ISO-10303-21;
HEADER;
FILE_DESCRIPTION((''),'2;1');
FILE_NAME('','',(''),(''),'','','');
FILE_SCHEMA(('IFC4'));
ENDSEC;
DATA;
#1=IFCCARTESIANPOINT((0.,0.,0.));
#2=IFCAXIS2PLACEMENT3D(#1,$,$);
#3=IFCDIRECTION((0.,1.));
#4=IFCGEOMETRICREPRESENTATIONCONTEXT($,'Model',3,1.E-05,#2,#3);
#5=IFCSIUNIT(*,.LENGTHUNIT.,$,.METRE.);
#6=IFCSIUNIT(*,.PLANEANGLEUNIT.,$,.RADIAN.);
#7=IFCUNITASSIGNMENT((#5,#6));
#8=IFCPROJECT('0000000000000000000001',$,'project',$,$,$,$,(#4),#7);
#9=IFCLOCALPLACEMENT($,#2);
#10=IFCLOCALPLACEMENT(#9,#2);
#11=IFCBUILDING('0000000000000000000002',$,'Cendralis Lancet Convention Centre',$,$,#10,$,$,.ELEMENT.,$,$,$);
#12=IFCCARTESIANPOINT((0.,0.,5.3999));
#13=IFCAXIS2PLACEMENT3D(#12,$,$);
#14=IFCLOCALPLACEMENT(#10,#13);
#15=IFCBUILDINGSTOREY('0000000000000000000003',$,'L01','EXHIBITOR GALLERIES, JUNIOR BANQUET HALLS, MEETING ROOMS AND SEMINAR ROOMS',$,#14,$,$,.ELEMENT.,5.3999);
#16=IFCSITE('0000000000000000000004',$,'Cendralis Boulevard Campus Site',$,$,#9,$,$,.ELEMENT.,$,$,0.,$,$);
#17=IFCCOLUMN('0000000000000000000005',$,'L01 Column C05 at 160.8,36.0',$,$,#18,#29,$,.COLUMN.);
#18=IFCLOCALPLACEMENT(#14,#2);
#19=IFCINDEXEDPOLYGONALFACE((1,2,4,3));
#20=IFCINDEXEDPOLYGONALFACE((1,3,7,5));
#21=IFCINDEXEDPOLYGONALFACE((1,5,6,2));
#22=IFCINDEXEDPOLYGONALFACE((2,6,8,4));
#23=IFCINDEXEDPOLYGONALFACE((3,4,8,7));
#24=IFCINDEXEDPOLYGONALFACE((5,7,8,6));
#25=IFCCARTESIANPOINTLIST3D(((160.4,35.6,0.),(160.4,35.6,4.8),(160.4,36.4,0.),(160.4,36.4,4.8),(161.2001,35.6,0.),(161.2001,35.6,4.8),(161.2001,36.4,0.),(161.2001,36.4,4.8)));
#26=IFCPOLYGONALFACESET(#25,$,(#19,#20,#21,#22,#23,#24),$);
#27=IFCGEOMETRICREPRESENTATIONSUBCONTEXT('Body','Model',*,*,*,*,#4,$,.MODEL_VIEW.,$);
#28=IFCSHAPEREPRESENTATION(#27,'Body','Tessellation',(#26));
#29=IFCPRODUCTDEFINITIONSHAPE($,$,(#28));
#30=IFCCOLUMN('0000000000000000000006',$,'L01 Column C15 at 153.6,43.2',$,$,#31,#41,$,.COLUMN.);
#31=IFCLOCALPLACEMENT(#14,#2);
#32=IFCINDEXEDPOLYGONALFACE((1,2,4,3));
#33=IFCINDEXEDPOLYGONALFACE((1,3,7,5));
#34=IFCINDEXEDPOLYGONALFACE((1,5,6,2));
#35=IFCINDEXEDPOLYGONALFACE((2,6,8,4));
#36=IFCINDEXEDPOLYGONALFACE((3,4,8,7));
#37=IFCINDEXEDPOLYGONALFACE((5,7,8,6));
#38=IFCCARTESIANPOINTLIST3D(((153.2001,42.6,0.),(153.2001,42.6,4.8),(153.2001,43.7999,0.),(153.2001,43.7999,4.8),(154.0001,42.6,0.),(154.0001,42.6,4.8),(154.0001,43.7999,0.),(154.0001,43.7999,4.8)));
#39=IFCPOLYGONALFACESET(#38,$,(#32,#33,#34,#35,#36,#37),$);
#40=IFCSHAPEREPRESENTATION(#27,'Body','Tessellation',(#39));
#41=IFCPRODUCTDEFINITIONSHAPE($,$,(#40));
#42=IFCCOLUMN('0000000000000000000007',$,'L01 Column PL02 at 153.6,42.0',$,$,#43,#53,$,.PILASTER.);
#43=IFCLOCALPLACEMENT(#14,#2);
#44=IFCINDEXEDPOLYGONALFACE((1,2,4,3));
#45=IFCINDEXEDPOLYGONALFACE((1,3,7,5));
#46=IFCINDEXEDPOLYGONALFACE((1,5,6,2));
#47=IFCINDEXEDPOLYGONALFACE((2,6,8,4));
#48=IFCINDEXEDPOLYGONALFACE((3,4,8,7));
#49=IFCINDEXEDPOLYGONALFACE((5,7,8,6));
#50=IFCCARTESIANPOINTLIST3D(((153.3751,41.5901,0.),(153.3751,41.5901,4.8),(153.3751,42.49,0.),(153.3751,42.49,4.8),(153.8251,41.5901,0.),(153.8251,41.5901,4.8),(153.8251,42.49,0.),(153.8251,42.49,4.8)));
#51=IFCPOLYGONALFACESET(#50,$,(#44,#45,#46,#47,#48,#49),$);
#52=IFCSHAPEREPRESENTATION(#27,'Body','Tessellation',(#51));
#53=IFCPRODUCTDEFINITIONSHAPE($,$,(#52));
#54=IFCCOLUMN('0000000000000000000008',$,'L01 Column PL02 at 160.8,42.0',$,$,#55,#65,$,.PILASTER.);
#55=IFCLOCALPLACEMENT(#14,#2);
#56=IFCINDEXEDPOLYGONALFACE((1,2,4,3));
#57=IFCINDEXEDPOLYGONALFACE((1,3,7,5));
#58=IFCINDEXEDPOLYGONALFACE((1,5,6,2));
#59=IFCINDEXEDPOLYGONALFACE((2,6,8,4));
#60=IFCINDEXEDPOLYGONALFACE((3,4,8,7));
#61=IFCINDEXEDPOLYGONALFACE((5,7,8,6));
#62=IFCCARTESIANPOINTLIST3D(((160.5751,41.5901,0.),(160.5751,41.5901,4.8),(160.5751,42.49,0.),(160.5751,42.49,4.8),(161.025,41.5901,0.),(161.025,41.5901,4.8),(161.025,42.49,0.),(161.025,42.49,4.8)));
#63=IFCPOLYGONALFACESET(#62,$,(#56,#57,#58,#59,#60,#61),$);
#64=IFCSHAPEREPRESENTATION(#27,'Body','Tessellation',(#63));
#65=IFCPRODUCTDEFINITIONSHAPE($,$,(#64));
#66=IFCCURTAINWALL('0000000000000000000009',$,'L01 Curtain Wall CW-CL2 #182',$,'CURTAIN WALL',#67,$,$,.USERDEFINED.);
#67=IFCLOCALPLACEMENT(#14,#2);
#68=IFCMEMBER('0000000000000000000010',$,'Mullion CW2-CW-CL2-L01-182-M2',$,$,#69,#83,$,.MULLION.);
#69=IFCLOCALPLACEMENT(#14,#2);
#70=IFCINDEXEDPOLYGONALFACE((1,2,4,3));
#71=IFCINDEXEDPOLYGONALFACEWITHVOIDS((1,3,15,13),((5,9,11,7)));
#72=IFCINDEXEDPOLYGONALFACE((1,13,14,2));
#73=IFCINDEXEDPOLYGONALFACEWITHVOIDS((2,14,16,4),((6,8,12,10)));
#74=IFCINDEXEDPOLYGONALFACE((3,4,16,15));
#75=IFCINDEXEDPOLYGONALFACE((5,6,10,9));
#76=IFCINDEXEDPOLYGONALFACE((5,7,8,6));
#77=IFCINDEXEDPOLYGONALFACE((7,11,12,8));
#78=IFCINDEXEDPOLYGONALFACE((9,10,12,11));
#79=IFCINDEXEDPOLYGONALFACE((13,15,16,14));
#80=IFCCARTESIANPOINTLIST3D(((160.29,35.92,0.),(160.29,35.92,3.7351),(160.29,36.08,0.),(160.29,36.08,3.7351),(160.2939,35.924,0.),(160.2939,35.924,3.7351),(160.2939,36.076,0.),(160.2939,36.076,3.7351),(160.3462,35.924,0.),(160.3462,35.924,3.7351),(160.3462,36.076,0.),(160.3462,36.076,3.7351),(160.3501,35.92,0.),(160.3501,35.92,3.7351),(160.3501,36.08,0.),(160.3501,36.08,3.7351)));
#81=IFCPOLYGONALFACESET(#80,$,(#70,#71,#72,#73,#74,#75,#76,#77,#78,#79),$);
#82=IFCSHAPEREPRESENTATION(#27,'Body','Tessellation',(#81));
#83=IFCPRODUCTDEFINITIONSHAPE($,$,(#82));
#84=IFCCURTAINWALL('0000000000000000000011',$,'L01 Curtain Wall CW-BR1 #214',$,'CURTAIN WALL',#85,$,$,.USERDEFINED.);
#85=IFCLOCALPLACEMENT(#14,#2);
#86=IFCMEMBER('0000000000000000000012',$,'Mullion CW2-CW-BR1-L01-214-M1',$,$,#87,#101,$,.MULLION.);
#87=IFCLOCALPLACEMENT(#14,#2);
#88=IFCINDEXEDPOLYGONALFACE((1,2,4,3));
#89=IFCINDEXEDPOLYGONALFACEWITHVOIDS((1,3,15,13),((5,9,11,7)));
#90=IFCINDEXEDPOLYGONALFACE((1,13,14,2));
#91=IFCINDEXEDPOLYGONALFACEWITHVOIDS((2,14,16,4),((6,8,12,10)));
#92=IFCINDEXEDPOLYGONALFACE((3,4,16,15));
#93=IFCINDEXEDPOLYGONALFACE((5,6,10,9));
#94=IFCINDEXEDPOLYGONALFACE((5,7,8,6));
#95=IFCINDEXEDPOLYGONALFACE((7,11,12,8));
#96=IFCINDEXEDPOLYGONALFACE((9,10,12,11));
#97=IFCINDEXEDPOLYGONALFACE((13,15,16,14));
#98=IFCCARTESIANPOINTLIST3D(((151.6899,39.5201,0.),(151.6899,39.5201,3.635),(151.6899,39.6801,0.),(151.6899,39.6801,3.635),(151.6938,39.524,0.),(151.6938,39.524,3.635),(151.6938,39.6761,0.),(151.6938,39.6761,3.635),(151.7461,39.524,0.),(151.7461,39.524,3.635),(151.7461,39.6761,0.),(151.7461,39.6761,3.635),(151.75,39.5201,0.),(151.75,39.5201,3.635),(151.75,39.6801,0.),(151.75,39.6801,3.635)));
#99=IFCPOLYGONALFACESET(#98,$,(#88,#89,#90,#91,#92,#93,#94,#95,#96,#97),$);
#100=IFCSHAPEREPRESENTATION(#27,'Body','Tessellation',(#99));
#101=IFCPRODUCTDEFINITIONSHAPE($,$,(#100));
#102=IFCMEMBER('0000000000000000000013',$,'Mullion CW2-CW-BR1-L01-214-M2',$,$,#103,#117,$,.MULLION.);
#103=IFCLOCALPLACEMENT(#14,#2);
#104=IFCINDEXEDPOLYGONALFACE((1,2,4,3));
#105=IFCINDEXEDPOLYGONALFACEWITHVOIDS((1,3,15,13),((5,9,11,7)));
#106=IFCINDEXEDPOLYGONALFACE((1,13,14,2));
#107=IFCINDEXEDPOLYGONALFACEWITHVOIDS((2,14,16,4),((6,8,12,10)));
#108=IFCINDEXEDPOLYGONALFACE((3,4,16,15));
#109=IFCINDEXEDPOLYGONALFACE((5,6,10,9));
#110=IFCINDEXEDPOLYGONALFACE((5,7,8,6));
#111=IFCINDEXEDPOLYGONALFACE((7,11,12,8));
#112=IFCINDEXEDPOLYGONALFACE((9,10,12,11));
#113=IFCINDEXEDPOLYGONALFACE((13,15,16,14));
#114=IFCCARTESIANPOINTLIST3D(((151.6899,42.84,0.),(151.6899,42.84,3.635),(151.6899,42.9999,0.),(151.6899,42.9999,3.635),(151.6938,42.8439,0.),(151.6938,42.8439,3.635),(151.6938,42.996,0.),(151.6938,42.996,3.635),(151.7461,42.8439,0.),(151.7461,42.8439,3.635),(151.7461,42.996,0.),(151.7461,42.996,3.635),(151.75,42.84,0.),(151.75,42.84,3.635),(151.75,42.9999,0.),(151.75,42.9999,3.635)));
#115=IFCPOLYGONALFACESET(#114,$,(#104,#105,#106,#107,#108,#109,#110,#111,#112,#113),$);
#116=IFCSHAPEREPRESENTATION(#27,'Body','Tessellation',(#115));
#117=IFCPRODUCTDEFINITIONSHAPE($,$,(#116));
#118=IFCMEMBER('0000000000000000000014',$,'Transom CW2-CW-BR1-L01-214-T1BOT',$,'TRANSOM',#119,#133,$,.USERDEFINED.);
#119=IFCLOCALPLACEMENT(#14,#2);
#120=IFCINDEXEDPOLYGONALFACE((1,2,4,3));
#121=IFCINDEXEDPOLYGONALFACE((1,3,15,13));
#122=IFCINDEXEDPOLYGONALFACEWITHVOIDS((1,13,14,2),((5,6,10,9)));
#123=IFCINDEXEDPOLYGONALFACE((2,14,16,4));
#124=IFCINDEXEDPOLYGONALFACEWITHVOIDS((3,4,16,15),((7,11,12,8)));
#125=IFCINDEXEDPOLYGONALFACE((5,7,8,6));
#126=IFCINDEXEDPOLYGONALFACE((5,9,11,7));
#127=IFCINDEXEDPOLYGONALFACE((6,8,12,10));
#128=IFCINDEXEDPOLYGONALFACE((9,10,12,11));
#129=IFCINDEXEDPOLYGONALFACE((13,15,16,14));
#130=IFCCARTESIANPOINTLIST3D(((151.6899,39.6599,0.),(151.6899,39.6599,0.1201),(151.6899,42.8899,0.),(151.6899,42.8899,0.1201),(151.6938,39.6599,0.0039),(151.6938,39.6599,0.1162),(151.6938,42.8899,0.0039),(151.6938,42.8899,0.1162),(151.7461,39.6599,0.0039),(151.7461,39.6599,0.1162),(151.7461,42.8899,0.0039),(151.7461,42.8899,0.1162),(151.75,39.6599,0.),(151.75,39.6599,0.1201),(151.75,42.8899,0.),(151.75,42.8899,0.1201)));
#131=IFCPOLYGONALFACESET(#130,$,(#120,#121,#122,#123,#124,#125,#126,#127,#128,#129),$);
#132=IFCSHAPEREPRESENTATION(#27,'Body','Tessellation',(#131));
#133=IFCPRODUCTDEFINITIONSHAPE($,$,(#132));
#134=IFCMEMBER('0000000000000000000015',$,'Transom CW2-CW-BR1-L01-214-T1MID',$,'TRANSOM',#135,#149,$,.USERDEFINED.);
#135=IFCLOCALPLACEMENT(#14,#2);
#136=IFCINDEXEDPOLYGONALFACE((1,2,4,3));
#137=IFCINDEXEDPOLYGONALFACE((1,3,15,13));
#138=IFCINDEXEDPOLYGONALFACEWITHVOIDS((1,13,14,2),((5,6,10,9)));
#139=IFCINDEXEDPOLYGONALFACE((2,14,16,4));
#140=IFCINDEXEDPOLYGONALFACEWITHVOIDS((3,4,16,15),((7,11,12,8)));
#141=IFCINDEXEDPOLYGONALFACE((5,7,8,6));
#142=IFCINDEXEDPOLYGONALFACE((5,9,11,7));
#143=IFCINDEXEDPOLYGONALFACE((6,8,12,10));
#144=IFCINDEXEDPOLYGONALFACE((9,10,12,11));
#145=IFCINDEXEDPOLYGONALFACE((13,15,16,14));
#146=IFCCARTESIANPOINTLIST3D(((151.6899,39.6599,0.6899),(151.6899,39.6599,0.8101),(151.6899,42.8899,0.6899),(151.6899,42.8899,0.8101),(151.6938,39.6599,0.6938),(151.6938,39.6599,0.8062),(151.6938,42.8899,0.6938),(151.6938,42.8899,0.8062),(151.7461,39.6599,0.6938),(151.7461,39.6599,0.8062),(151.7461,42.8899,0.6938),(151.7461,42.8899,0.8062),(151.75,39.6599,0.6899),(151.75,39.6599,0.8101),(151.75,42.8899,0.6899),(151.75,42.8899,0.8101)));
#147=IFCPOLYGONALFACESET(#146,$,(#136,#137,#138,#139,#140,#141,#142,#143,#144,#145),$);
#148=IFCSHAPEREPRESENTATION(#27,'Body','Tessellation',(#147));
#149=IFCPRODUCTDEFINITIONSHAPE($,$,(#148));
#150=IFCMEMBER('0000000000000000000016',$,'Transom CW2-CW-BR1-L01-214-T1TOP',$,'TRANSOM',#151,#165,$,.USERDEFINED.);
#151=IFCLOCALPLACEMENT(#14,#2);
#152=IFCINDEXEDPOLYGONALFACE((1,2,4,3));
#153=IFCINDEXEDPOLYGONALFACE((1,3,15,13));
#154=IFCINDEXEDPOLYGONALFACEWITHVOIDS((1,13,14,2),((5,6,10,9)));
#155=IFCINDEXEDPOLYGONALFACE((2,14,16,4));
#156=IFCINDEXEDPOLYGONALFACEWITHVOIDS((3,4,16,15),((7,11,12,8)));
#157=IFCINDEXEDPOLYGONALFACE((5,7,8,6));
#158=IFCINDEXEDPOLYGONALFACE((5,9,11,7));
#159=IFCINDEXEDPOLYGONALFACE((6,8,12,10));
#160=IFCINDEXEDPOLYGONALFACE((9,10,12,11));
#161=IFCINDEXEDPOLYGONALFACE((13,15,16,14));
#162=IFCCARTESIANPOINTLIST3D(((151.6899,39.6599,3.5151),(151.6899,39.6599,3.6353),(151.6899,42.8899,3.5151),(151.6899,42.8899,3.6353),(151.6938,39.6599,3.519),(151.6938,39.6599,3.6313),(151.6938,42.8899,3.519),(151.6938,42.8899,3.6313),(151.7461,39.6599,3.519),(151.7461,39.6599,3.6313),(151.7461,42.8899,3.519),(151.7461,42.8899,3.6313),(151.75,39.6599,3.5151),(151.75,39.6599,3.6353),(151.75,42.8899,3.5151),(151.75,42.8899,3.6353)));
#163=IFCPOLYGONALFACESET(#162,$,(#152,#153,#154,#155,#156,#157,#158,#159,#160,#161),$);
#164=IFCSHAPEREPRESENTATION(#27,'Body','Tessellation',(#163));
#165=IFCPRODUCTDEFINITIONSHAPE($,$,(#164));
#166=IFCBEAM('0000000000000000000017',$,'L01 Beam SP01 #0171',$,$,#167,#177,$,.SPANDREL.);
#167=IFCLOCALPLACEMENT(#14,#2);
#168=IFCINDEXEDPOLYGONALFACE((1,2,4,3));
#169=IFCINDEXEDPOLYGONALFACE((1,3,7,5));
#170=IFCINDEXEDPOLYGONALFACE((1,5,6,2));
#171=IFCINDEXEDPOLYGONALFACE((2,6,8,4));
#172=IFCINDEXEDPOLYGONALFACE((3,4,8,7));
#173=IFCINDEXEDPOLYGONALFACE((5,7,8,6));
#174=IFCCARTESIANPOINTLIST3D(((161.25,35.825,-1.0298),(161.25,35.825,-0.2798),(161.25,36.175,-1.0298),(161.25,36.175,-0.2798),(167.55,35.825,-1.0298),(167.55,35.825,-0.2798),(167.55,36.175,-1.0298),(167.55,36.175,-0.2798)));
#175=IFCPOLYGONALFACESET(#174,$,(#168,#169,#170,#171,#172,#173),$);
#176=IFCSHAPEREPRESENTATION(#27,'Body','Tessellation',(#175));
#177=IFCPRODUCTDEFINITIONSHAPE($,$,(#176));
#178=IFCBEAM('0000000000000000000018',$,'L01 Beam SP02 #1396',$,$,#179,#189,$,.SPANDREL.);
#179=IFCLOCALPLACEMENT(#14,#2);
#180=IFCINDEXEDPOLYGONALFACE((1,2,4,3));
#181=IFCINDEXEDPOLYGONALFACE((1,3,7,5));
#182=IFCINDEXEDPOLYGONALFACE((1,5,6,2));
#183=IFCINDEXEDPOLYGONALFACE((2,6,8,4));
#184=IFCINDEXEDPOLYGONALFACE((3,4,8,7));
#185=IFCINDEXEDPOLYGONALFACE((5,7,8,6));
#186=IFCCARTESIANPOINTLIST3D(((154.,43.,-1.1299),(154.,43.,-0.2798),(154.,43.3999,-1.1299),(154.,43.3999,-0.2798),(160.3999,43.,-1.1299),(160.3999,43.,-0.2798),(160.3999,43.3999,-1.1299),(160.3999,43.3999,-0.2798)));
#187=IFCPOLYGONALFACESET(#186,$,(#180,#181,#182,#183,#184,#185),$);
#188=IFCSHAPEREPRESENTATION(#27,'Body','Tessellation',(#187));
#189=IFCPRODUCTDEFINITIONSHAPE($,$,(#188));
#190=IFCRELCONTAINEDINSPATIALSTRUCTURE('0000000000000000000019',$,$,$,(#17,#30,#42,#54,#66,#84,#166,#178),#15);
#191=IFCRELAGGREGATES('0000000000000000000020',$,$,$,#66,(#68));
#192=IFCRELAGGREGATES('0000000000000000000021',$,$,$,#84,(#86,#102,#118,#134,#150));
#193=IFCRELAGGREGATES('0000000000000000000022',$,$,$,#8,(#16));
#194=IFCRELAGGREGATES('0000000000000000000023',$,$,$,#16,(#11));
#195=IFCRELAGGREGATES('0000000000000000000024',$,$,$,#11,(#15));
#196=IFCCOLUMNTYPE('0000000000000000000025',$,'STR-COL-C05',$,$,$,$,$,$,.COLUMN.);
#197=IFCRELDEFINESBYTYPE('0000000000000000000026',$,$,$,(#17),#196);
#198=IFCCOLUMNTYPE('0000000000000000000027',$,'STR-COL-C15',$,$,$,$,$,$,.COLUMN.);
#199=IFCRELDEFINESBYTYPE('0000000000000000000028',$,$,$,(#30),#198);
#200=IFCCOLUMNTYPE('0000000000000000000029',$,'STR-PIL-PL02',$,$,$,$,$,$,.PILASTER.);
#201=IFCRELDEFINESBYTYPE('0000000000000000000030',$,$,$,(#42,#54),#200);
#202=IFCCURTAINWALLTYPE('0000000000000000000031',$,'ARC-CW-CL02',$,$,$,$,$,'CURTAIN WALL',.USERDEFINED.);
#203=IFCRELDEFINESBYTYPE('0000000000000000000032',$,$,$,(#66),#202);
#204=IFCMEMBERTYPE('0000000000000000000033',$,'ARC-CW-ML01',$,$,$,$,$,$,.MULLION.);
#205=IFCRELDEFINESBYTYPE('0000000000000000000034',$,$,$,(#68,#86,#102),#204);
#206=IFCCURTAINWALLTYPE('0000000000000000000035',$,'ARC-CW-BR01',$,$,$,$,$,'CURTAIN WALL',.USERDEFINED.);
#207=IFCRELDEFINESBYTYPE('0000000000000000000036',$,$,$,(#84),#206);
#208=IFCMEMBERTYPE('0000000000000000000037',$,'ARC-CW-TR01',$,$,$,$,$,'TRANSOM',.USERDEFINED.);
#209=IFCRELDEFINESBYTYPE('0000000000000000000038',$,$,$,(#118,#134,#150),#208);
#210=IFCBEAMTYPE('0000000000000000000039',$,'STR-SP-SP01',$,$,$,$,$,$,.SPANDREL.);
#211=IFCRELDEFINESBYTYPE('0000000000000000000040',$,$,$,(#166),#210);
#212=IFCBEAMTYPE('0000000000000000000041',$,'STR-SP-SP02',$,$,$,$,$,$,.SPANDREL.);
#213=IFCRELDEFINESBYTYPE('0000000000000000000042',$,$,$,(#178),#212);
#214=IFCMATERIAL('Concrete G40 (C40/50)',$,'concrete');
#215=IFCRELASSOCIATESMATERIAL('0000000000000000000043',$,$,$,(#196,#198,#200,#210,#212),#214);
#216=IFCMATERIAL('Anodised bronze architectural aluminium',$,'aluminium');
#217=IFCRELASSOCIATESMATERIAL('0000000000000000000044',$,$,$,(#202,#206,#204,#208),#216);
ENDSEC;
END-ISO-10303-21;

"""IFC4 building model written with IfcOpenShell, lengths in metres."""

from ifc_helpers import new_model, si_unit, direction, frame, origin, origin_2d, place, context, subcontext, project, spatial, rectangle, hollow_rectangle, extrude, material, material_profile, profile_set, type_object, element, aggregate, save


model = new_model("IFC4")

# Units and contexts
model_context = context("Model", 3, precision=1e-05, world=origin(), true_north=direction((0.0, 1.0)))
body_context = subcontext(model_context, "Body", "Model", "MODEL_VIEW")
ifc_project = project(units=[si_unit("LENGTHUNIT", "METRE"), si_unit("PLANEANGLEUNIT", "RADIAN")], contexts=[model_context])

# Site, building, storey
site_placement = place(None, origin())
site = spatial("IfcSite", under=ifc_project, at=site_placement, Name="Cendralis Boulevard Campus Site", CompositionType="ELEMENT", RefElevation=0.0)
building_placement = place(site_placement, origin())
building = spatial("IfcBuilding", under=site, at=building_placement, Name="Cendralis Lancet Convention Centre", CompositionType="ELEMENT")
storey_placement = place(building_placement, frame((0.0, 0.0, 5.3999)))
storey = spatial("IfcBuildingStorey", under=building, at=storey_placement, Name="L01", Description="EXHIBITOR GALLERIES, JUNIOR BANQUET HALLS, MEETING ROOMS AND SEMINAR ROOMS", CompositionType="ELEMENT", Elevation=5.3999)

# Columns
ifc_material_1 = material(Name="Concrete G40 (C40/50)", Category="concrete")
ifc_material_profile_1 = material_profile(ifc_material_1, rectangle(XDim=0.8, YDim=0.8, at=origin_2d()), Name="RC 800x800")
ifc_profile_set_1 = profile_set([ifc_material_profile_1], Name="Concrete G40 (C40/50)")
column_type_1 = type_object("IfcColumnType", Name="STR-COL-C05", PredefinedType="COLUMN", material=ifc_profile_set_1)
column_1_placement = place(storey_placement, frame((160.8, 36.0, 0.0), z_axis=(0.0, 0.0, 1.0), x_axis=(1.0, 0.0, 0.0)))
element("IfcColumn", 1, at=column_1_placement, inside=storey, type_object=column_type_1, Name="L01 Column C05 at 160.8,36.0", PredefinedType="COLUMN", context=body_context, shape_type="SweptSolid", body=[
    extrude(rectangle(XDim=0.8, YDim=0.8, at=origin_2d()), origin(), (0.0, 0.0, 1.0), 4.8),
])
ifc_material_profile_2 = material_profile(ifc_material_1, rectangle(XDim=0.8, YDim=1.2, at=origin_2d()), Name="RC 800x1200")
ifc_profile_set_2 = profile_set([ifc_material_profile_2], Name="Concrete G40 (C40/50)")
column_type_2 = type_object("IfcColumnType", Name="STR-COL-C15", PredefinedType="COLUMN", material=ifc_profile_set_2)
column_2_placement = place(storey_placement, frame((153.6001, 43.2, 0.0), z_axis=(0.0, 0.0, 1.0), x_axis=(1.0, 0.0, 0.0)))
element("IfcColumn", 2, at=column_2_placement, inside=storey, type_object=column_type_2, Name="L01 Column C15 at 153.6,43.2", PredefinedType="COLUMN", context=body_context, shape_type="SweptSolid", body=[
    extrude(rectangle(XDim=0.8, YDim=1.2, at=origin_2d()), origin(), (0.0, 0.0, 1.0), 4.8),
])
ifc_material_profile_3 = material_profile(ifc_material_1, rectangle(XDim=0.45, YDim=0.8999, at=origin_2d()), Name="RC 450x900")
ifc_profile_set_3 = profile_set([ifc_material_profile_3], Name="Concrete G40 (C40/50)")
column_type_3 = type_object("IfcColumnType", Name="STR-PIL-PL02", PredefinedType="PILASTER", material=ifc_profile_set_3)
for number, where, z_axis, x_axis, name in (
    (3, (153.6001, 42.04, 0.0), (0.0, 0.0, 1.0), (1.0, 0.0, 0.0), "L01 Column PL02 at 153.6,42.0"),
    (4, (160.8, 42.04, 0.0), (0.0, 0.0, 1.0), (1.0, 0.0, 0.0), "L01 Column PL02 at 160.8,42.0"),
):
    element("IfcColumn", number, at=place(storey_placement, frame(where, z_axis=z_axis, x_axis=x_axis)), inside=storey, type_object=column_type_3, Name=name, PredefinedType="PILASTER", context=body_context, shape_type="SweptSolid", body=[
        extrude(rectangle(XDim=0.45, YDim=0.8999, at=origin_2d()), origin(), (0.0, 0.0, 1.0), 4.8),
    ])

# Curtain wall, member
ifc_material_2 = material(Name="Anodised bronze architectural aluminium", Category="aluminium")
curtain_wall_type_1 = type_object("IfcCurtainWallType", Name="ARC-CW-CL02", ElementType="CURTAIN WALL", PredefinedType="USERDEFINED", material=ifc_material_2)
curtain_wall_1_placement = place(storey_placement, origin())
curtain_wall_1 = element("IfcCurtainWall", 5, at=curtain_wall_1_placement, inside=storey, type_object=curtain_wall_type_1, Name="L01 Curtain Wall CW-CL2 #182", ObjectType="CURTAIN WALL", PredefinedType="USERDEFINED")
ifc_material_profile_4 = material_profile(ifc_material_2, hollow_rectangle(XDim=0.0601, YDim=0.1599, WallThickness=0.0039, at=origin_2d()), Name="AL-MULL 60x160x4.0")
ifc_profile_set_4 = profile_set([ifc_material_profile_4], Name="Anodised bronze architectural aluminium")
member_type_1 = type_object("IfcMemberType", Name="ARC-CW-ML01", PredefinedType="MULLION", material=ifc_profile_set_4)
member_1_placement = place(storey_placement, frame((160.3201, 36.0, 0.0), z_axis=(0.0, 0.0, 1.0), x_axis=(1.0, 0.0, 0.0)))
member_1 = element("IfcMember", 6, at=member_1_placement, type_object=member_type_1, Name="Mullion CW2-CW-CL2-L01-182-M2", PredefinedType="MULLION", context=body_context, shape_type="SweptSolid", body=[
    extrude(hollow_rectangle(XDim=0.0601, YDim=0.1599, WallThickness=0.0039, at=origin_2d()), origin(), (0.0, 0.0, 1.0), 3.7351),
])

# Curtain wall, members
curtain_wall_type_2 = type_object("IfcCurtainWallType", Name="ARC-CW-BR01", ElementType="CURTAIN WALL", PredefinedType="USERDEFINED", material=ifc_material_2)
curtain_wall_2_placement = place(storey_placement, origin())
curtain_wall_2 = element("IfcCurtainWall", 7, at=curtain_wall_2_placement, inside=storey, type_object=curtain_wall_type_2, Name="L01 Curtain Wall CW-BR1 #214", ObjectType="CURTAIN WALL", PredefinedType="USERDEFINED")
member_2_placement = place(storey_placement, frame((151.72, 39.6001, 0.0), z_axis=(0.0, 0.0, 1.0), x_axis=(1.0, 0.0, 0.0)))
member_2 = element("IfcMember", 8, at=member_2_placement, type_object=member_type_1, Name="Mullion CW2-CW-BR1-L01-214-M1", PredefinedType="MULLION", context=body_context, shape_type="SweptSolid", body=[
    extrude(hollow_rectangle(XDim=0.0601, YDim=0.1599, WallThickness=0.0039, at=origin_2d()), origin(), (0.0, 0.0, 1.0), 3.635),
])
member_3_placement = place(storey_placement, frame((151.72, 42.9199, 0.0), z_axis=(0.0, 0.0, 1.0), x_axis=(1.0, 0.0, 0.0)))
member_3 = element("IfcMember", 9, at=member_3_placement, type_object=member_type_1, Name="Mullion CW2-CW-BR1-L01-214-M2", PredefinedType="MULLION", context=body_context, shape_type="SweptSolid", body=[
    extrude(hollow_rectangle(XDim=0.0601, YDim=0.1599, WallThickness=0.0039, at=origin_2d()), origin(), (0.0, 0.0, 1.0), 3.635),
])
ifc_material_profile_5 = material_profile(ifc_material_2, hollow_rectangle(XDim=0.0601, YDim=0.1201, WallThickness=0.0039, at=origin_2d()), Name="AL-TRAN 60x120x4.0")
ifc_profile_set_5 = profile_set([ifc_material_profile_5], Name="Anodised bronze architectural aluminium")
member_type_2 = type_object("IfcMemberType", Name="ARC-CW-TR01", ElementType="TRANSOM", PredefinedType="USERDEFINED", material=ifc_profile_set_5)
member_4_placement = place(storey_placement, frame((151.72, 39.6599, 0.0601), z_axis=(0.0, 1.0, 0.0), x_axis=(-1.0, 0.0, 0.0)))
member_4 = element("IfcMember", 10, at=member_4_placement, type_object=member_type_2, Name="Transom CW2-CW-BR1-L01-214-T1BOT", ObjectType="TRANSOM", PredefinedType="USERDEFINED", context=body_context, shape_type="SweptSolid", body=[
    extrude(hollow_rectangle(XDim=0.0601, YDim=0.1201, WallThickness=0.0039, at=origin_2d()), origin(), (0.0, 0.0, 1.0), 3.23),
])
member_5_placement = place(storey_placement, frame((151.72, 39.6599, 0.75), z_axis=(0.0, 1.0, 0.0), x_axis=(-1.0, 0.0, 0.0)))
member_5 = element("IfcMember", 11, at=member_5_placement, type_object=member_type_2, Name="Transom CW2-CW-BR1-L01-214-T1MID", ObjectType="TRANSOM", PredefinedType="USERDEFINED", context=body_context, shape_type="SweptSolid", body=[
    extrude(hollow_rectangle(XDim=0.0601, YDim=0.1201, WallThickness=0.0039, at=origin_2d()), origin(), (0.0, 0.0, 1.0), 3.23),
])
member_6_placement = place(storey_placement, frame((151.72, 39.6599, 3.5752), z_axis=(0.0, 1.0, 0.0), x_axis=(-1.0, 0.0, 0.0)))
member_6 = element("IfcMember", 12, at=member_6_placement, type_object=member_type_2, Name="Transom CW2-CW-BR1-L01-214-T1TOP", ObjectType="TRANSOM", PredefinedType="USERDEFINED", context=body_context, shape_type="SweptSolid", body=[
    extrude(hollow_rectangle(XDim=0.0601, YDim=0.1201, WallThickness=0.0039, at=origin_2d()), origin(), (0.0, 0.0, 1.0), 3.23),
])

# Beams
ifc_material_profile_6 = material_profile(ifc_material_1, rectangle(XDim=0.3501, YDim=0.75, at=origin_2d()), Name="RCB 350x750")
ifc_profile_set_6 = profile_set([ifc_material_profile_6], Name="Concrete G40 (C40/50)")
beam_type_1 = type_object("IfcBeamType", Name="STR-SP-SP01", PredefinedType="SPANDREL", material=ifc_profile_set_6)
beam_1_placement = place(storey_placement, frame((161.25, 36.0, -0.6548), z_axis=(1.0, 0.0, 0.0), x_axis=(0.0, 1.0, 0.0)))
element("IfcBeam", 13, at=beam_1_placement, inside=storey, type_object=beam_type_1, Name="L01 Beam SP01 #0171", PredefinedType="SPANDREL", context=body_context, shape_type="SweptSolid", body=[
    extrude(rectangle(XDim=0.3501, YDim=0.75, at=origin_2d()), origin(), (0.0, 0.0, 1.0), 6.3),
])
ifc_material_profile_7 = material_profile(ifc_material_1, rectangle(XDim=0.3999, YDim=0.8501, at=origin_2d()), Name="RCB 400x850")
ifc_profile_set_7 = profile_set([ifc_material_profile_7], Name="Concrete G40 (C40/50)")
beam_type_2 = type_object("IfcBeamType", Name="STR-SP-SP02", PredefinedType="SPANDREL", material=ifc_profile_set_7)
beam_2_placement = place(storey_placement, frame((154.0, 43.2, -0.7048), z_axis=(1.0, 0.0, 0.0), x_axis=(0.0, 1.0, 0.0)))
element("IfcBeam", 14, at=beam_2_placement, inside=storey, type_object=beam_type_2, Name="L01 Beam SP02 #1396", PredefinedType="SPANDREL", context=body_context, shape_type="SweptSolid", body=[
    extrude(rectangle(XDim=0.3999, YDim=0.8501, at=origin_2d()), origin(), (0.0, 0.0, 1.0), 6.3999),
])

aggregate(curtain_wall_1, [member_1])
aggregate(curtain_wall_2, [member_2, member_3, member_4, member_5, member_6])

save(model, "model.ifc")
